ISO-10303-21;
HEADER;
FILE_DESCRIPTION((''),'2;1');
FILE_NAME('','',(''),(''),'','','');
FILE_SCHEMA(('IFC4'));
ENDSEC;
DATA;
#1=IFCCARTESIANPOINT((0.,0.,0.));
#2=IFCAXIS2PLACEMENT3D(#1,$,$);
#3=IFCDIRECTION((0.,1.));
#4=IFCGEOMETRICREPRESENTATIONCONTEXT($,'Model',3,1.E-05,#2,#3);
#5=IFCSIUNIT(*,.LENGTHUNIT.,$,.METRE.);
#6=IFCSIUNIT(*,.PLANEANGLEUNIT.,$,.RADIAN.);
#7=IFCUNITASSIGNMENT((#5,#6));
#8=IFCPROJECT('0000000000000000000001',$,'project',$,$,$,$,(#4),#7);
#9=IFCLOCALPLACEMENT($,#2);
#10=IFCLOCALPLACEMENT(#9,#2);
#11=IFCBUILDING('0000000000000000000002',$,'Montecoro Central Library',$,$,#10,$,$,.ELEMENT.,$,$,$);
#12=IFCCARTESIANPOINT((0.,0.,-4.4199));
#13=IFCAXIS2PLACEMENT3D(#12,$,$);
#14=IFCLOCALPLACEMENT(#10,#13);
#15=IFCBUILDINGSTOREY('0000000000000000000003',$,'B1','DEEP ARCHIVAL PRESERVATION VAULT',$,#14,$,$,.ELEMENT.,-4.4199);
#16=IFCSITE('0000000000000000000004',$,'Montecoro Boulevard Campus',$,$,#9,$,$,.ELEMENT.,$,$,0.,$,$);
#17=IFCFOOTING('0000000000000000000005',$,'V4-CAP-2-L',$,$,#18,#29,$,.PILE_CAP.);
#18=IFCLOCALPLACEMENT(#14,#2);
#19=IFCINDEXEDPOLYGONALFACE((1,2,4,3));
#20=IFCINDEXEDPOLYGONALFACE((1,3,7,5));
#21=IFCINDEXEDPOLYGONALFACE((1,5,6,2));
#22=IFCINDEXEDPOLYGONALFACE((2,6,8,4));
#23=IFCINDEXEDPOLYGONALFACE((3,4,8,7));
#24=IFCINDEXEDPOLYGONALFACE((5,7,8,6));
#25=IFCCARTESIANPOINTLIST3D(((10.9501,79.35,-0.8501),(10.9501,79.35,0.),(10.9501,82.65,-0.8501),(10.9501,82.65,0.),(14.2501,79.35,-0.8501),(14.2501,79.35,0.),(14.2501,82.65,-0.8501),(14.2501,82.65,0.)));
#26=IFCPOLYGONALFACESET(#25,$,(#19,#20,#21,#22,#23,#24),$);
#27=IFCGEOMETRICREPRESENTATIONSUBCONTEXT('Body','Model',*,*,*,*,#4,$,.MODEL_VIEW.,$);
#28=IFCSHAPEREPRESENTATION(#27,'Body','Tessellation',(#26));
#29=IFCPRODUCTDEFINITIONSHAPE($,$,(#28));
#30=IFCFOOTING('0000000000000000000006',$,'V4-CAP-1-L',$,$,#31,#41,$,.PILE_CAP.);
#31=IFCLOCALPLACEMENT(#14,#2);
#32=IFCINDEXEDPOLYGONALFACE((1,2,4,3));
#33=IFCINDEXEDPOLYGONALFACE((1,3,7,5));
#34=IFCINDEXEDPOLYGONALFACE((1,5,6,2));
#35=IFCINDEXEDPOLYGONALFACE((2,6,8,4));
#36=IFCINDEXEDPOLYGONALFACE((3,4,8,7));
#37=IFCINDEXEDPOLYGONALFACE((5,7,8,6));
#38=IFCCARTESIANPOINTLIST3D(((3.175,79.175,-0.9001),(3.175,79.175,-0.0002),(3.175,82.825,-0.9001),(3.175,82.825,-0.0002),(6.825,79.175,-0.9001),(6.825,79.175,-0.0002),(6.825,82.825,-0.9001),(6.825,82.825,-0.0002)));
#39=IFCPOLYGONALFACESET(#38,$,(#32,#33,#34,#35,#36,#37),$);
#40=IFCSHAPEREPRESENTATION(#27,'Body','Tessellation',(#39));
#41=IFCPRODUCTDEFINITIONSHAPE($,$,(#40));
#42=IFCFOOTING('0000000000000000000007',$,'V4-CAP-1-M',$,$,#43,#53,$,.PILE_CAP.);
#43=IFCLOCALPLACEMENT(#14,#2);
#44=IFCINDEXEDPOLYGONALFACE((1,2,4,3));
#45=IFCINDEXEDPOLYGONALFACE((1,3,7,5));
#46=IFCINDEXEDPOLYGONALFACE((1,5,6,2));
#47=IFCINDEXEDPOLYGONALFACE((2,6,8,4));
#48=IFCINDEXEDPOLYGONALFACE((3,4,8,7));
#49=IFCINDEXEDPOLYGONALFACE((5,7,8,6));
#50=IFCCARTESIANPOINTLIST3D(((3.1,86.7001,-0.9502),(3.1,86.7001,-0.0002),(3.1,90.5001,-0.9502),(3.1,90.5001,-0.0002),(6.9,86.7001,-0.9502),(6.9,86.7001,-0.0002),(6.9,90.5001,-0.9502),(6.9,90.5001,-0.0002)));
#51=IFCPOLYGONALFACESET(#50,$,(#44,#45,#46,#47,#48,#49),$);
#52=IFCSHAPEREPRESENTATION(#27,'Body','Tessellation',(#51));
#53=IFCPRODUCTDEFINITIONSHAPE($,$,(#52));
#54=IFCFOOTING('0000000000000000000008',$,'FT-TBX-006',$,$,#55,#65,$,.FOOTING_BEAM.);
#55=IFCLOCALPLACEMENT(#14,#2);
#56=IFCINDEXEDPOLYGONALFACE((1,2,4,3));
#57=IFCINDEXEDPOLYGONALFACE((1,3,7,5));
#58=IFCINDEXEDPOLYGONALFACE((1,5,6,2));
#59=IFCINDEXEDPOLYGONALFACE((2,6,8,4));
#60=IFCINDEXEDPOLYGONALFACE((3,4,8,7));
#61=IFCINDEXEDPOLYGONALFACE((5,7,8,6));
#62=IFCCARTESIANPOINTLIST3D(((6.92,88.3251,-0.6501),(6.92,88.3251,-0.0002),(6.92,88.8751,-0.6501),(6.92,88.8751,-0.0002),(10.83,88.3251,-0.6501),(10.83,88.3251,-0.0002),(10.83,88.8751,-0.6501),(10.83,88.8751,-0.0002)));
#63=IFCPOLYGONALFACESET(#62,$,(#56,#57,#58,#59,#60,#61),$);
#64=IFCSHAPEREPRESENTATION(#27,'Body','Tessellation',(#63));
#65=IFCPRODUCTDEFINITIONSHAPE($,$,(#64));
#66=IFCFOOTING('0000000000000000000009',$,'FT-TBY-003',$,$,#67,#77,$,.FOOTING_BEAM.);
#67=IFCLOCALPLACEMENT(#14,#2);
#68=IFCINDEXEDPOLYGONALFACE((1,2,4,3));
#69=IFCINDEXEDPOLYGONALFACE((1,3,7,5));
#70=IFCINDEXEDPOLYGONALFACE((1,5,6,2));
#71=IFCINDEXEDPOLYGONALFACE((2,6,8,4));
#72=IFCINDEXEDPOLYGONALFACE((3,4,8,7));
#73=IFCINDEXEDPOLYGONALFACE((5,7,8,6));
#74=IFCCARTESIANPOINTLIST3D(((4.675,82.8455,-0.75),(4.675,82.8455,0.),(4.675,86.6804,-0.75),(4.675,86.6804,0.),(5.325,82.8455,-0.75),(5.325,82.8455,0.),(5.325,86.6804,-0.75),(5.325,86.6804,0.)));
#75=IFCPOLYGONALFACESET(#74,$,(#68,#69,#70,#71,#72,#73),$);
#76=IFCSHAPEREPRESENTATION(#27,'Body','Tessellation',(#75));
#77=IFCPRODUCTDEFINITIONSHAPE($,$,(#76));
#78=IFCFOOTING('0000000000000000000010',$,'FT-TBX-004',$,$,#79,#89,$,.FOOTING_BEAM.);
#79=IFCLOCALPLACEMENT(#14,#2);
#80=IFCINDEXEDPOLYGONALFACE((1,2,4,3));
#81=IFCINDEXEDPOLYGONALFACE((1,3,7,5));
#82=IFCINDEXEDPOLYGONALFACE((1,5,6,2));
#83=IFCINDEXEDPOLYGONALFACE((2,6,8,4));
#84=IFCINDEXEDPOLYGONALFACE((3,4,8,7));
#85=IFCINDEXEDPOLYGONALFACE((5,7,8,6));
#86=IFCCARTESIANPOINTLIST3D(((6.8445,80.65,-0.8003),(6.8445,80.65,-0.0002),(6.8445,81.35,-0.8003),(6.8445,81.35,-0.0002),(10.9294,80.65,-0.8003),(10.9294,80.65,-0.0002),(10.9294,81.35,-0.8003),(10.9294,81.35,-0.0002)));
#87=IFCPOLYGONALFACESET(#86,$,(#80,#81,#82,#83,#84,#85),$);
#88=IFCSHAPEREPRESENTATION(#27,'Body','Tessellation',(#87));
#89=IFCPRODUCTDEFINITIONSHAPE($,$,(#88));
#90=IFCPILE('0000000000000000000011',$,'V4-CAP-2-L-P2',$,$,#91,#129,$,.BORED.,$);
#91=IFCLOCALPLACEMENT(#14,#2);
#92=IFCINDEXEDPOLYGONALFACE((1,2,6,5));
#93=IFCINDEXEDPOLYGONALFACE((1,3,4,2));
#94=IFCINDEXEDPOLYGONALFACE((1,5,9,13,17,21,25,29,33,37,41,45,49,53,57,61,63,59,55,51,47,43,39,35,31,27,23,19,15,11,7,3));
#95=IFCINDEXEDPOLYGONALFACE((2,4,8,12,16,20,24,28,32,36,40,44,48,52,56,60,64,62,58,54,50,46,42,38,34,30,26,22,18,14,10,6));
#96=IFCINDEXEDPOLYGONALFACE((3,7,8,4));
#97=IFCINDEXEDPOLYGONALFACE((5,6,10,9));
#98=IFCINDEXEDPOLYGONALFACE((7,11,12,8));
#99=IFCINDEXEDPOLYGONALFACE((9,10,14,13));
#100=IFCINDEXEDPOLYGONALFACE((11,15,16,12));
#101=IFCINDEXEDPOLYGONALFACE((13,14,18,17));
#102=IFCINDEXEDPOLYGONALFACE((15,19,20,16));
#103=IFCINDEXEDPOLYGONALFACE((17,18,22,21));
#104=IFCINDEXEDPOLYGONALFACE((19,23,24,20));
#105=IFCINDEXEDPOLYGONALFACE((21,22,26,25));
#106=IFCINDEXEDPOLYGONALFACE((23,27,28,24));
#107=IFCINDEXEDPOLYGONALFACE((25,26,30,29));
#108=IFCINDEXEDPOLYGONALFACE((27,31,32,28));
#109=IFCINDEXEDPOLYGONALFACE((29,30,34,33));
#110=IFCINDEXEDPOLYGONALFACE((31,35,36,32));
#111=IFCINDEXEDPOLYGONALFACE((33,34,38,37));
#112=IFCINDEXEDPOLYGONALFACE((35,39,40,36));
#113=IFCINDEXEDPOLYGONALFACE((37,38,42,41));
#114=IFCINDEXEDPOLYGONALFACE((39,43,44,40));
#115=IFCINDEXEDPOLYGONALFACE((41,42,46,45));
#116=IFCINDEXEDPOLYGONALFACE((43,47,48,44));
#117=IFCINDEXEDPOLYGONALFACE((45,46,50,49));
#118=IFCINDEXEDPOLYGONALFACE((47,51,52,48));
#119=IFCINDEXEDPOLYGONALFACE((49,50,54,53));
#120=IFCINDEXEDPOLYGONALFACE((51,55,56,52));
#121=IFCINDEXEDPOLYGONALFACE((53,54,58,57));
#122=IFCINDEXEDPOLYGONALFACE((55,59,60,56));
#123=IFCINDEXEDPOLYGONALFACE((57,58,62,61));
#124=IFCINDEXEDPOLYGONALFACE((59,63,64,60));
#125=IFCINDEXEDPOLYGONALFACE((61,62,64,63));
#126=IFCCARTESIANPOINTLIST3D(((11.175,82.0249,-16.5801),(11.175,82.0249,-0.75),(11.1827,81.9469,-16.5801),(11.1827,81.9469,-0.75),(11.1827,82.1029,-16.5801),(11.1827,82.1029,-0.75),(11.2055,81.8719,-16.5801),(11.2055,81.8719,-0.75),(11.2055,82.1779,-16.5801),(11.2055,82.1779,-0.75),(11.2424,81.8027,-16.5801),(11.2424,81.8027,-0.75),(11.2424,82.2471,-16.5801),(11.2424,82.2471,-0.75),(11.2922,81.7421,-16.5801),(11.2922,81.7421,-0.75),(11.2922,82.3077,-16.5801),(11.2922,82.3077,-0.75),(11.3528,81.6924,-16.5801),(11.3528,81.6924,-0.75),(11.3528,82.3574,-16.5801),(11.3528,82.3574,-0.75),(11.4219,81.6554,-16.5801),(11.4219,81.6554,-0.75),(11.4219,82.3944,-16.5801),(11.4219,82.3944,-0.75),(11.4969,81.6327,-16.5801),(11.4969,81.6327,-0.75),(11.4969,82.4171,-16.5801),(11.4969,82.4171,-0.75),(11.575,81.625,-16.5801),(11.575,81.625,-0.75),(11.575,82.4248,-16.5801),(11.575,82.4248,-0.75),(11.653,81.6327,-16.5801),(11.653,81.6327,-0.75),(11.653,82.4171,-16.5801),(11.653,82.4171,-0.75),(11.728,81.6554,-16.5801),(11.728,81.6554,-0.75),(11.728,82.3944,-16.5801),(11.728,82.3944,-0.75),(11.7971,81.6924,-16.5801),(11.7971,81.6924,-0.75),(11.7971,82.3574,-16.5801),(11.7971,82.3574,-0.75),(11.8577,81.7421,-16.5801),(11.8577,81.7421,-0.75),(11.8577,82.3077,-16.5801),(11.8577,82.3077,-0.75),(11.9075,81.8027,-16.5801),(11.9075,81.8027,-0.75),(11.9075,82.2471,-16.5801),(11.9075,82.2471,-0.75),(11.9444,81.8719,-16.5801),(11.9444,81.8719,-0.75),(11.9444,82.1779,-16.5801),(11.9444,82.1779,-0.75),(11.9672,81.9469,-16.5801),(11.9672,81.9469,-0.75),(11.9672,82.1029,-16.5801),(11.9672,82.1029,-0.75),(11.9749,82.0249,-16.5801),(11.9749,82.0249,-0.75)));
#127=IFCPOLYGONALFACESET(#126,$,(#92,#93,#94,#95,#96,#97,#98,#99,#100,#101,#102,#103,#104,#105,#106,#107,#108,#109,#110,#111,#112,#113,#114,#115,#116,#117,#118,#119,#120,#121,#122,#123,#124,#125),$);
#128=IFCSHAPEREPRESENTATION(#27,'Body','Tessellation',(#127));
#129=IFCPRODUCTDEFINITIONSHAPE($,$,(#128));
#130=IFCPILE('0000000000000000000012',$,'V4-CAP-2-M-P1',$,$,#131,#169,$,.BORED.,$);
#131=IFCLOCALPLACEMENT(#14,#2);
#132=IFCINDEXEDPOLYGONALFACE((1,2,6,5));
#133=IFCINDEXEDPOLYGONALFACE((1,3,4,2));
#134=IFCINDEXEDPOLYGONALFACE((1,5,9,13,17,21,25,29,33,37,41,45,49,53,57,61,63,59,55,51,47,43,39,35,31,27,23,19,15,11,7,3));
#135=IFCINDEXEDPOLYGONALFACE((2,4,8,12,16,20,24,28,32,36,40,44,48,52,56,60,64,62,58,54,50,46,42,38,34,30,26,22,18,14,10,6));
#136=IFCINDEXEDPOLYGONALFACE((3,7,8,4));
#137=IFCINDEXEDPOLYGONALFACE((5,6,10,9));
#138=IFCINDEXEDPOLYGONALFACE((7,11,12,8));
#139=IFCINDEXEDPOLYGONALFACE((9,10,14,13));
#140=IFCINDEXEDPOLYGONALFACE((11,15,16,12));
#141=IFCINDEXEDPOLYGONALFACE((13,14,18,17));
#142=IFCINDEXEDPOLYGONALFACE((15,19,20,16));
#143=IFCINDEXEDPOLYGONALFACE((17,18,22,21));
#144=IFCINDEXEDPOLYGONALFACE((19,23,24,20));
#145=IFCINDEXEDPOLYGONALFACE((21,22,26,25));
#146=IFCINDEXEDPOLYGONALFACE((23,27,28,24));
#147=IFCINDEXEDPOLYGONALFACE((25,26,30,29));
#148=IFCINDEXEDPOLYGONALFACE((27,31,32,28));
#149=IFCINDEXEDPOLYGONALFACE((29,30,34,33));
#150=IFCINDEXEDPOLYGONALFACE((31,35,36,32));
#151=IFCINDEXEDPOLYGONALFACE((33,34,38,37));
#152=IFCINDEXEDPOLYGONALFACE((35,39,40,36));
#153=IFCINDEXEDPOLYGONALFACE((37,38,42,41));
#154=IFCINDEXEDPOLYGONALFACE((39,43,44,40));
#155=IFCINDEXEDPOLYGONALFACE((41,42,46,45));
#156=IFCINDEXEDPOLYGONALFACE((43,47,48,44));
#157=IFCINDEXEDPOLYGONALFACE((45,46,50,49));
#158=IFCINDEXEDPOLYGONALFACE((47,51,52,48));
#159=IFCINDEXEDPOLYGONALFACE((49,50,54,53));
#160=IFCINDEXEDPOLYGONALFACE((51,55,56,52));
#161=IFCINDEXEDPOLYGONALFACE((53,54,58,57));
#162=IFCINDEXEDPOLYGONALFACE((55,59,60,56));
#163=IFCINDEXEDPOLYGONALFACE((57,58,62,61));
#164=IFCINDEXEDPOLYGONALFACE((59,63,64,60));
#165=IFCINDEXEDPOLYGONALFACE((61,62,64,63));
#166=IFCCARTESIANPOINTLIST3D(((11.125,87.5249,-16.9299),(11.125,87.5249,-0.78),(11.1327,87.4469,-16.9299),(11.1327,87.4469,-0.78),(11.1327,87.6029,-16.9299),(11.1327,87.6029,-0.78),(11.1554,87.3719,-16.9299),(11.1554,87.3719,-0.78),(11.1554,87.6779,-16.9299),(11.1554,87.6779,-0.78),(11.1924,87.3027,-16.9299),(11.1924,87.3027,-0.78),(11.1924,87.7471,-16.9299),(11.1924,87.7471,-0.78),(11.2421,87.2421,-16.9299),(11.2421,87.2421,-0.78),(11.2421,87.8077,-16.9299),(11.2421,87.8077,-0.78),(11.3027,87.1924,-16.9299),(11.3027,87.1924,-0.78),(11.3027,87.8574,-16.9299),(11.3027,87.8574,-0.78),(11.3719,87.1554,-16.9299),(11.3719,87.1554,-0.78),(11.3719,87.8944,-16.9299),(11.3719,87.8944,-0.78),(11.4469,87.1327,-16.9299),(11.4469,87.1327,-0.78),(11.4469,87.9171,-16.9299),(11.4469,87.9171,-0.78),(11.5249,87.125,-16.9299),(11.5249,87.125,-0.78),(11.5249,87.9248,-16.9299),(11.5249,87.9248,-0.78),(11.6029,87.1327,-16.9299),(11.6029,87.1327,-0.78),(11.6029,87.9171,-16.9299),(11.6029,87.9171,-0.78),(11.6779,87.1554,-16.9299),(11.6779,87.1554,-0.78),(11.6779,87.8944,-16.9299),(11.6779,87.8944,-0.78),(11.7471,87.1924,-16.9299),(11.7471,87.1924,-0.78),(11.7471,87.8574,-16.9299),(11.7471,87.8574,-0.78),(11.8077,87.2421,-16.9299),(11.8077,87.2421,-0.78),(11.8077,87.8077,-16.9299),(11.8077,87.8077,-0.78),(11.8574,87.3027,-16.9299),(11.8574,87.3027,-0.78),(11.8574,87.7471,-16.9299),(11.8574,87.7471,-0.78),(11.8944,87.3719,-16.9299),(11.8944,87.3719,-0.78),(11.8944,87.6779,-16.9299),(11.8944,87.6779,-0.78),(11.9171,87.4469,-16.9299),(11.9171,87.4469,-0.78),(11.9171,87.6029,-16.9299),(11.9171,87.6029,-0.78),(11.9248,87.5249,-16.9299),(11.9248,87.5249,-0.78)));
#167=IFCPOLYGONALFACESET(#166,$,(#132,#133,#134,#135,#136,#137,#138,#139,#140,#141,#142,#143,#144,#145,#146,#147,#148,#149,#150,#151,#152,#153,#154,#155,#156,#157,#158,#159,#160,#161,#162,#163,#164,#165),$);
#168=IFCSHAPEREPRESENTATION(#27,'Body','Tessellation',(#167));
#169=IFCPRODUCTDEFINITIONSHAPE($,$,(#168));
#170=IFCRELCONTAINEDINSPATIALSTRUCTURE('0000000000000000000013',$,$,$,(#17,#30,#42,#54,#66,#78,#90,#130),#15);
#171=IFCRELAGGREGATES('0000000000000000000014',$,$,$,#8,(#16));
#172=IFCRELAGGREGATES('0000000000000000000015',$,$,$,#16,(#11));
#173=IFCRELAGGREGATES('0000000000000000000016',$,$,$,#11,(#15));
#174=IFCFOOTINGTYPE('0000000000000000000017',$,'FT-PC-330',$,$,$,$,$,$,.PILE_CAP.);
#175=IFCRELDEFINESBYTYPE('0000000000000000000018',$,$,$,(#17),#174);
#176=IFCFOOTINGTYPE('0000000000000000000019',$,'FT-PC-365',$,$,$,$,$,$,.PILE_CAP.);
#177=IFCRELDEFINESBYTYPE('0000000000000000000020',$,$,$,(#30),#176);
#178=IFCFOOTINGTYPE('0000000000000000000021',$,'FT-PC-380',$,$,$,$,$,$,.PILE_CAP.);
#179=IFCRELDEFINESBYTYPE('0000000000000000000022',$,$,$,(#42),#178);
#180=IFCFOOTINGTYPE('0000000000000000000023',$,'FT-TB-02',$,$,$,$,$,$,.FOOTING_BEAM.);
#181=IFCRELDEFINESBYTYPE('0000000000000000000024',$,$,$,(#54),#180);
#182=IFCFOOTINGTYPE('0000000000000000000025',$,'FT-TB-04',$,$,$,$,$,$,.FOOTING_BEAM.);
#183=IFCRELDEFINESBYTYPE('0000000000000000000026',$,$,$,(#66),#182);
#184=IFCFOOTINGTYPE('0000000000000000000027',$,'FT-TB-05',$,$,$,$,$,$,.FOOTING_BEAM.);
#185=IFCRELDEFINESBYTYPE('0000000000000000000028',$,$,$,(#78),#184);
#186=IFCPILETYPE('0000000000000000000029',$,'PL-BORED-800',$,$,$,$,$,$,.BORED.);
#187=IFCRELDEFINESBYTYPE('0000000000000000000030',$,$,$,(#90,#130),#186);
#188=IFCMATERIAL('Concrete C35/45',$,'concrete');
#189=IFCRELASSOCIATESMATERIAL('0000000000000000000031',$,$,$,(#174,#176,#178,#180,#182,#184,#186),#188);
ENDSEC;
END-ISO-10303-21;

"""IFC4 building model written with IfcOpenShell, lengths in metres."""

from ifc_helpers import new_model, si_unit, direction, frame, origin, origin_2d, place, context, subcontext, project, spatial, rectangle, circle, extrude, material, material_profile, profile_set, type_object, element, save


model = new_model("IFC4")

# Units and contexts
model_context = context("Model", 3, precision=1e-05, world=origin(), true_north=direction((0.0, 1.0)))
body_context = subcontext(model_context, "Body", "Model", "MODEL_VIEW")
ifc_project = project(units=[si_unit("LENGTHUNIT", "METRE"), si_unit("PLANEANGLEUNIT", "RADIAN")], contexts=[model_context])

# Site, building, storey
site_placement = place(None, origin())
site = spatial("IfcSite", under=ifc_project, at=site_placement, Name="Montecoro Boulevard Campus", CompositionType="ELEMENT", RefElevation=0.0)
building_placement = place(site_placement, origin())
building = spatial("IfcBuilding", under=site, at=building_placement, Name="Montecoro Central Library", CompositionType="ELEMENT")
storey_placement = place(building_placement, frame((0.0, 0.0, -4.4199)))
storey = spatial("IfcBuildingStorey", under=building, at=storey_placement, Name="B1", Description="DEEP ARCHIVAL PRESERVATION VAULT", CompositionType="ELEMENT", Elevation=-4.4199)

# Footings
ifc_material_1 = material(Name="Concrete C35/45", Category="concrete")
footing_type_1 = type_object("IfcFootingType", Name="FT-PC-330", PredefinedType="PILE_CAP", material=ifc_material_1)
footing_1_placement = place(storey_placement, frame((12.6001, 81.0, -0.8501), z_axis=(0.0, 0.0, 1.0), x_axis=(1.0, 0.0, 0.0)))
element("IfcFooting", 1, at=footing_1_placement, inside=storey, type_object=footing_type_1, Name="V4-CAP-2-L", PredefinedType="PILE_CAP", context=body_context, shape_type="SweptSolid", body=[
    extrude(rectangle(XDim=3.3, YDim=3.3, at=origin_2d()), origin(), (0.0, 0.0, 1.0), 0.8501),
])
footing_type_2 = type_object("IfcFootingType", Name="FT-PC-365", PredefinedType="PILE_CAP", material=ifc_material_1)
footing_2_placement = place(storey_placement, frame((5.0, 81.0, -0.9001), z_axis=(0.0, 0.0, 1.0), x_axis=(1.0, 0.0, 0.0)))
element("IfcFooting", 2, at=footing_2_placement, inside=storey, type_object=footing_type_2, Name="V4-CAP-1-L", PredefinedType="PILE_CAP", context=body_context, shape_type="SweptSolid", body=[
    extrude(rectangle(XDim=3.6499, YDim=3.6499, at=origin_2d()), origin(), (0.0, 0.0, 1.0), 0.8999),
])
footing_type_3 = type_object("IfcFootingType", Name="FT-PC-380", PredefinedType="PILE_CAP", material=ifc_material_1)
footing_3_placement = place(storey_placement, frame((5.0, 88.6001, -0.9502), z_axis=(0.0, 0.0, 1.0), x_axis=(1.0, 0.0, 0.0)))
element("IfcFooting", 3, at=footing_3_placement, inside=storey, type_object=footing_type_3, Name="V4-CAP-1-M", PredefinedType="PILE_CAP", context=body_context, shape_type="SweptSolid", body=[
    extrude(rectangle(XDim=3.8, YDim=3.8, at=origin_2d()), origin(), (0.0, 0.0, 1.0), 0.95),
])
footing_type_4 = type_object("IfcFootingType", Name="FT-TB-02", PredefinedType="FOOTING_BEAM", material=ifc_material_1)
footing_4_placement = place(storey_placement, frame((8.875, 88.6001, -0.6501), z_axis=(0.0, 0.0, 1.0), x_axis=(1.0, 0.0, 0.0)))
element("IfcFooting", 4, at=footing_4_placement, inside=storey, type_object=footing_type_4, Name="FT-TBX-006", PredefinedType="FOOTING_BEAM", context=body_context, shape_type="SweptSolid", body=[
    extrude(rectangle(XDim=3.9099, YDim=0.55, at=origin_2d()), origin(), (0.0, 0.0, 1.0), 0.6499),
])
footing_type_5 = type_object("IfcFootingType", Name="FT-TB-04", PredefinedType="FOOTING_BEAM", material=ifc_material_1)
footing_5_placement = place(storey_placement, frame((5.0, 84.7629, -0.75), z_axis=(0.0, 0.0, 1.0), x_axis=(1.0, 0.0, 0.0)))
element("IfcFooting", 5, at=footing_5_placement, inside=storey, type_object=footing_type_5, Name="FT-TBY-003", PredefinedType="FOOTING_BEAM", context=body_context, shape_type="SweptSolid", body=[
    extrude(rectangle(XDim=0.6499, YDim=3.835, at=origin_2d()), origin(), (0.0, 0.0, 1.0), 0.75),
])
footing_type_6 = type_object("IfcFootingType", Name="FT-TB-05", PredefinedType="FOOTING_BEAM", material=ifc_material_1)
footing_6_placement = place(storey_placement, frame((8.887, 81.0, -0.8003), z_axis=(0.0, 0.0, 1.0), x_axis=(1.0, 0.0, 0.0)))
element("IfcFooting", 6, at=footing_6_placement, inside=storey, type_object=footing_type_6, Name="FT-TBX-004", PredefinedType="FOOTING_BEAM", context=body_context, shape_type="SweptSolid", body=[
    extrude(rectangle(XDim=4.085, YDim=0.7, at=origin_2d()), origin(), (0.0, 0.0, 1.0), 0.8),
])

# Piles
ifc_material_profile_1 = material_profile(ifc_material_1, circle(Radius=0.3999, at=origin_2d()), Name="PILE D800")
ifc_profile_set_1 = profile_set([ifc_material_profile_1], Name="Concrete C35/45")
pile_type_1 = type_object("IfcPileType", Name="PL-BORED-800", PredefinedType="BORED", material=ifc_profile_set_1)
pile_placement = place(storey_placement, frame((11.575, 82.0249, -0.75), z_axis=(0.0, 0.0, -1.0), x_axis=(1.0, 0.0, 0.0)))
element("IfcPile", 7, at=pile_placement, inside=storey, type_object=pile_type_1, Name="V4-CAP-2-L-P2", PredefinedType="BORED", context=body_context, shape_type="SweptSolid", body=[
    extrude(circle(Radius=0.3999, at=origin_2d()), origin(), (0.0, 0.0, 1.0), 15.8301),
])
for number, where, z_axis, x_axis, name in (
    (8, (11.5249, 87.5249, -0.78), (0.0, 0.0, -1.0), (1.0, 0.0, 0.0), "V4-CAP-2-M-P1"),
):
    element("IfcPile", number, at=place(storey_placement, frame(where, z_axis=z_axis, x_axis=x_axis)), inside=storey, type_object=pile_type_1, Name=name, PredefinedType="BORED", context=body_context, shape_type="SweptSolid", body=[
        extrude(circle(Radius=0.3999, at=origin_2d()), origin(), (0.0, 0.0, 1.0), 16.1499),
    ])

save(model, "model.ifc")
